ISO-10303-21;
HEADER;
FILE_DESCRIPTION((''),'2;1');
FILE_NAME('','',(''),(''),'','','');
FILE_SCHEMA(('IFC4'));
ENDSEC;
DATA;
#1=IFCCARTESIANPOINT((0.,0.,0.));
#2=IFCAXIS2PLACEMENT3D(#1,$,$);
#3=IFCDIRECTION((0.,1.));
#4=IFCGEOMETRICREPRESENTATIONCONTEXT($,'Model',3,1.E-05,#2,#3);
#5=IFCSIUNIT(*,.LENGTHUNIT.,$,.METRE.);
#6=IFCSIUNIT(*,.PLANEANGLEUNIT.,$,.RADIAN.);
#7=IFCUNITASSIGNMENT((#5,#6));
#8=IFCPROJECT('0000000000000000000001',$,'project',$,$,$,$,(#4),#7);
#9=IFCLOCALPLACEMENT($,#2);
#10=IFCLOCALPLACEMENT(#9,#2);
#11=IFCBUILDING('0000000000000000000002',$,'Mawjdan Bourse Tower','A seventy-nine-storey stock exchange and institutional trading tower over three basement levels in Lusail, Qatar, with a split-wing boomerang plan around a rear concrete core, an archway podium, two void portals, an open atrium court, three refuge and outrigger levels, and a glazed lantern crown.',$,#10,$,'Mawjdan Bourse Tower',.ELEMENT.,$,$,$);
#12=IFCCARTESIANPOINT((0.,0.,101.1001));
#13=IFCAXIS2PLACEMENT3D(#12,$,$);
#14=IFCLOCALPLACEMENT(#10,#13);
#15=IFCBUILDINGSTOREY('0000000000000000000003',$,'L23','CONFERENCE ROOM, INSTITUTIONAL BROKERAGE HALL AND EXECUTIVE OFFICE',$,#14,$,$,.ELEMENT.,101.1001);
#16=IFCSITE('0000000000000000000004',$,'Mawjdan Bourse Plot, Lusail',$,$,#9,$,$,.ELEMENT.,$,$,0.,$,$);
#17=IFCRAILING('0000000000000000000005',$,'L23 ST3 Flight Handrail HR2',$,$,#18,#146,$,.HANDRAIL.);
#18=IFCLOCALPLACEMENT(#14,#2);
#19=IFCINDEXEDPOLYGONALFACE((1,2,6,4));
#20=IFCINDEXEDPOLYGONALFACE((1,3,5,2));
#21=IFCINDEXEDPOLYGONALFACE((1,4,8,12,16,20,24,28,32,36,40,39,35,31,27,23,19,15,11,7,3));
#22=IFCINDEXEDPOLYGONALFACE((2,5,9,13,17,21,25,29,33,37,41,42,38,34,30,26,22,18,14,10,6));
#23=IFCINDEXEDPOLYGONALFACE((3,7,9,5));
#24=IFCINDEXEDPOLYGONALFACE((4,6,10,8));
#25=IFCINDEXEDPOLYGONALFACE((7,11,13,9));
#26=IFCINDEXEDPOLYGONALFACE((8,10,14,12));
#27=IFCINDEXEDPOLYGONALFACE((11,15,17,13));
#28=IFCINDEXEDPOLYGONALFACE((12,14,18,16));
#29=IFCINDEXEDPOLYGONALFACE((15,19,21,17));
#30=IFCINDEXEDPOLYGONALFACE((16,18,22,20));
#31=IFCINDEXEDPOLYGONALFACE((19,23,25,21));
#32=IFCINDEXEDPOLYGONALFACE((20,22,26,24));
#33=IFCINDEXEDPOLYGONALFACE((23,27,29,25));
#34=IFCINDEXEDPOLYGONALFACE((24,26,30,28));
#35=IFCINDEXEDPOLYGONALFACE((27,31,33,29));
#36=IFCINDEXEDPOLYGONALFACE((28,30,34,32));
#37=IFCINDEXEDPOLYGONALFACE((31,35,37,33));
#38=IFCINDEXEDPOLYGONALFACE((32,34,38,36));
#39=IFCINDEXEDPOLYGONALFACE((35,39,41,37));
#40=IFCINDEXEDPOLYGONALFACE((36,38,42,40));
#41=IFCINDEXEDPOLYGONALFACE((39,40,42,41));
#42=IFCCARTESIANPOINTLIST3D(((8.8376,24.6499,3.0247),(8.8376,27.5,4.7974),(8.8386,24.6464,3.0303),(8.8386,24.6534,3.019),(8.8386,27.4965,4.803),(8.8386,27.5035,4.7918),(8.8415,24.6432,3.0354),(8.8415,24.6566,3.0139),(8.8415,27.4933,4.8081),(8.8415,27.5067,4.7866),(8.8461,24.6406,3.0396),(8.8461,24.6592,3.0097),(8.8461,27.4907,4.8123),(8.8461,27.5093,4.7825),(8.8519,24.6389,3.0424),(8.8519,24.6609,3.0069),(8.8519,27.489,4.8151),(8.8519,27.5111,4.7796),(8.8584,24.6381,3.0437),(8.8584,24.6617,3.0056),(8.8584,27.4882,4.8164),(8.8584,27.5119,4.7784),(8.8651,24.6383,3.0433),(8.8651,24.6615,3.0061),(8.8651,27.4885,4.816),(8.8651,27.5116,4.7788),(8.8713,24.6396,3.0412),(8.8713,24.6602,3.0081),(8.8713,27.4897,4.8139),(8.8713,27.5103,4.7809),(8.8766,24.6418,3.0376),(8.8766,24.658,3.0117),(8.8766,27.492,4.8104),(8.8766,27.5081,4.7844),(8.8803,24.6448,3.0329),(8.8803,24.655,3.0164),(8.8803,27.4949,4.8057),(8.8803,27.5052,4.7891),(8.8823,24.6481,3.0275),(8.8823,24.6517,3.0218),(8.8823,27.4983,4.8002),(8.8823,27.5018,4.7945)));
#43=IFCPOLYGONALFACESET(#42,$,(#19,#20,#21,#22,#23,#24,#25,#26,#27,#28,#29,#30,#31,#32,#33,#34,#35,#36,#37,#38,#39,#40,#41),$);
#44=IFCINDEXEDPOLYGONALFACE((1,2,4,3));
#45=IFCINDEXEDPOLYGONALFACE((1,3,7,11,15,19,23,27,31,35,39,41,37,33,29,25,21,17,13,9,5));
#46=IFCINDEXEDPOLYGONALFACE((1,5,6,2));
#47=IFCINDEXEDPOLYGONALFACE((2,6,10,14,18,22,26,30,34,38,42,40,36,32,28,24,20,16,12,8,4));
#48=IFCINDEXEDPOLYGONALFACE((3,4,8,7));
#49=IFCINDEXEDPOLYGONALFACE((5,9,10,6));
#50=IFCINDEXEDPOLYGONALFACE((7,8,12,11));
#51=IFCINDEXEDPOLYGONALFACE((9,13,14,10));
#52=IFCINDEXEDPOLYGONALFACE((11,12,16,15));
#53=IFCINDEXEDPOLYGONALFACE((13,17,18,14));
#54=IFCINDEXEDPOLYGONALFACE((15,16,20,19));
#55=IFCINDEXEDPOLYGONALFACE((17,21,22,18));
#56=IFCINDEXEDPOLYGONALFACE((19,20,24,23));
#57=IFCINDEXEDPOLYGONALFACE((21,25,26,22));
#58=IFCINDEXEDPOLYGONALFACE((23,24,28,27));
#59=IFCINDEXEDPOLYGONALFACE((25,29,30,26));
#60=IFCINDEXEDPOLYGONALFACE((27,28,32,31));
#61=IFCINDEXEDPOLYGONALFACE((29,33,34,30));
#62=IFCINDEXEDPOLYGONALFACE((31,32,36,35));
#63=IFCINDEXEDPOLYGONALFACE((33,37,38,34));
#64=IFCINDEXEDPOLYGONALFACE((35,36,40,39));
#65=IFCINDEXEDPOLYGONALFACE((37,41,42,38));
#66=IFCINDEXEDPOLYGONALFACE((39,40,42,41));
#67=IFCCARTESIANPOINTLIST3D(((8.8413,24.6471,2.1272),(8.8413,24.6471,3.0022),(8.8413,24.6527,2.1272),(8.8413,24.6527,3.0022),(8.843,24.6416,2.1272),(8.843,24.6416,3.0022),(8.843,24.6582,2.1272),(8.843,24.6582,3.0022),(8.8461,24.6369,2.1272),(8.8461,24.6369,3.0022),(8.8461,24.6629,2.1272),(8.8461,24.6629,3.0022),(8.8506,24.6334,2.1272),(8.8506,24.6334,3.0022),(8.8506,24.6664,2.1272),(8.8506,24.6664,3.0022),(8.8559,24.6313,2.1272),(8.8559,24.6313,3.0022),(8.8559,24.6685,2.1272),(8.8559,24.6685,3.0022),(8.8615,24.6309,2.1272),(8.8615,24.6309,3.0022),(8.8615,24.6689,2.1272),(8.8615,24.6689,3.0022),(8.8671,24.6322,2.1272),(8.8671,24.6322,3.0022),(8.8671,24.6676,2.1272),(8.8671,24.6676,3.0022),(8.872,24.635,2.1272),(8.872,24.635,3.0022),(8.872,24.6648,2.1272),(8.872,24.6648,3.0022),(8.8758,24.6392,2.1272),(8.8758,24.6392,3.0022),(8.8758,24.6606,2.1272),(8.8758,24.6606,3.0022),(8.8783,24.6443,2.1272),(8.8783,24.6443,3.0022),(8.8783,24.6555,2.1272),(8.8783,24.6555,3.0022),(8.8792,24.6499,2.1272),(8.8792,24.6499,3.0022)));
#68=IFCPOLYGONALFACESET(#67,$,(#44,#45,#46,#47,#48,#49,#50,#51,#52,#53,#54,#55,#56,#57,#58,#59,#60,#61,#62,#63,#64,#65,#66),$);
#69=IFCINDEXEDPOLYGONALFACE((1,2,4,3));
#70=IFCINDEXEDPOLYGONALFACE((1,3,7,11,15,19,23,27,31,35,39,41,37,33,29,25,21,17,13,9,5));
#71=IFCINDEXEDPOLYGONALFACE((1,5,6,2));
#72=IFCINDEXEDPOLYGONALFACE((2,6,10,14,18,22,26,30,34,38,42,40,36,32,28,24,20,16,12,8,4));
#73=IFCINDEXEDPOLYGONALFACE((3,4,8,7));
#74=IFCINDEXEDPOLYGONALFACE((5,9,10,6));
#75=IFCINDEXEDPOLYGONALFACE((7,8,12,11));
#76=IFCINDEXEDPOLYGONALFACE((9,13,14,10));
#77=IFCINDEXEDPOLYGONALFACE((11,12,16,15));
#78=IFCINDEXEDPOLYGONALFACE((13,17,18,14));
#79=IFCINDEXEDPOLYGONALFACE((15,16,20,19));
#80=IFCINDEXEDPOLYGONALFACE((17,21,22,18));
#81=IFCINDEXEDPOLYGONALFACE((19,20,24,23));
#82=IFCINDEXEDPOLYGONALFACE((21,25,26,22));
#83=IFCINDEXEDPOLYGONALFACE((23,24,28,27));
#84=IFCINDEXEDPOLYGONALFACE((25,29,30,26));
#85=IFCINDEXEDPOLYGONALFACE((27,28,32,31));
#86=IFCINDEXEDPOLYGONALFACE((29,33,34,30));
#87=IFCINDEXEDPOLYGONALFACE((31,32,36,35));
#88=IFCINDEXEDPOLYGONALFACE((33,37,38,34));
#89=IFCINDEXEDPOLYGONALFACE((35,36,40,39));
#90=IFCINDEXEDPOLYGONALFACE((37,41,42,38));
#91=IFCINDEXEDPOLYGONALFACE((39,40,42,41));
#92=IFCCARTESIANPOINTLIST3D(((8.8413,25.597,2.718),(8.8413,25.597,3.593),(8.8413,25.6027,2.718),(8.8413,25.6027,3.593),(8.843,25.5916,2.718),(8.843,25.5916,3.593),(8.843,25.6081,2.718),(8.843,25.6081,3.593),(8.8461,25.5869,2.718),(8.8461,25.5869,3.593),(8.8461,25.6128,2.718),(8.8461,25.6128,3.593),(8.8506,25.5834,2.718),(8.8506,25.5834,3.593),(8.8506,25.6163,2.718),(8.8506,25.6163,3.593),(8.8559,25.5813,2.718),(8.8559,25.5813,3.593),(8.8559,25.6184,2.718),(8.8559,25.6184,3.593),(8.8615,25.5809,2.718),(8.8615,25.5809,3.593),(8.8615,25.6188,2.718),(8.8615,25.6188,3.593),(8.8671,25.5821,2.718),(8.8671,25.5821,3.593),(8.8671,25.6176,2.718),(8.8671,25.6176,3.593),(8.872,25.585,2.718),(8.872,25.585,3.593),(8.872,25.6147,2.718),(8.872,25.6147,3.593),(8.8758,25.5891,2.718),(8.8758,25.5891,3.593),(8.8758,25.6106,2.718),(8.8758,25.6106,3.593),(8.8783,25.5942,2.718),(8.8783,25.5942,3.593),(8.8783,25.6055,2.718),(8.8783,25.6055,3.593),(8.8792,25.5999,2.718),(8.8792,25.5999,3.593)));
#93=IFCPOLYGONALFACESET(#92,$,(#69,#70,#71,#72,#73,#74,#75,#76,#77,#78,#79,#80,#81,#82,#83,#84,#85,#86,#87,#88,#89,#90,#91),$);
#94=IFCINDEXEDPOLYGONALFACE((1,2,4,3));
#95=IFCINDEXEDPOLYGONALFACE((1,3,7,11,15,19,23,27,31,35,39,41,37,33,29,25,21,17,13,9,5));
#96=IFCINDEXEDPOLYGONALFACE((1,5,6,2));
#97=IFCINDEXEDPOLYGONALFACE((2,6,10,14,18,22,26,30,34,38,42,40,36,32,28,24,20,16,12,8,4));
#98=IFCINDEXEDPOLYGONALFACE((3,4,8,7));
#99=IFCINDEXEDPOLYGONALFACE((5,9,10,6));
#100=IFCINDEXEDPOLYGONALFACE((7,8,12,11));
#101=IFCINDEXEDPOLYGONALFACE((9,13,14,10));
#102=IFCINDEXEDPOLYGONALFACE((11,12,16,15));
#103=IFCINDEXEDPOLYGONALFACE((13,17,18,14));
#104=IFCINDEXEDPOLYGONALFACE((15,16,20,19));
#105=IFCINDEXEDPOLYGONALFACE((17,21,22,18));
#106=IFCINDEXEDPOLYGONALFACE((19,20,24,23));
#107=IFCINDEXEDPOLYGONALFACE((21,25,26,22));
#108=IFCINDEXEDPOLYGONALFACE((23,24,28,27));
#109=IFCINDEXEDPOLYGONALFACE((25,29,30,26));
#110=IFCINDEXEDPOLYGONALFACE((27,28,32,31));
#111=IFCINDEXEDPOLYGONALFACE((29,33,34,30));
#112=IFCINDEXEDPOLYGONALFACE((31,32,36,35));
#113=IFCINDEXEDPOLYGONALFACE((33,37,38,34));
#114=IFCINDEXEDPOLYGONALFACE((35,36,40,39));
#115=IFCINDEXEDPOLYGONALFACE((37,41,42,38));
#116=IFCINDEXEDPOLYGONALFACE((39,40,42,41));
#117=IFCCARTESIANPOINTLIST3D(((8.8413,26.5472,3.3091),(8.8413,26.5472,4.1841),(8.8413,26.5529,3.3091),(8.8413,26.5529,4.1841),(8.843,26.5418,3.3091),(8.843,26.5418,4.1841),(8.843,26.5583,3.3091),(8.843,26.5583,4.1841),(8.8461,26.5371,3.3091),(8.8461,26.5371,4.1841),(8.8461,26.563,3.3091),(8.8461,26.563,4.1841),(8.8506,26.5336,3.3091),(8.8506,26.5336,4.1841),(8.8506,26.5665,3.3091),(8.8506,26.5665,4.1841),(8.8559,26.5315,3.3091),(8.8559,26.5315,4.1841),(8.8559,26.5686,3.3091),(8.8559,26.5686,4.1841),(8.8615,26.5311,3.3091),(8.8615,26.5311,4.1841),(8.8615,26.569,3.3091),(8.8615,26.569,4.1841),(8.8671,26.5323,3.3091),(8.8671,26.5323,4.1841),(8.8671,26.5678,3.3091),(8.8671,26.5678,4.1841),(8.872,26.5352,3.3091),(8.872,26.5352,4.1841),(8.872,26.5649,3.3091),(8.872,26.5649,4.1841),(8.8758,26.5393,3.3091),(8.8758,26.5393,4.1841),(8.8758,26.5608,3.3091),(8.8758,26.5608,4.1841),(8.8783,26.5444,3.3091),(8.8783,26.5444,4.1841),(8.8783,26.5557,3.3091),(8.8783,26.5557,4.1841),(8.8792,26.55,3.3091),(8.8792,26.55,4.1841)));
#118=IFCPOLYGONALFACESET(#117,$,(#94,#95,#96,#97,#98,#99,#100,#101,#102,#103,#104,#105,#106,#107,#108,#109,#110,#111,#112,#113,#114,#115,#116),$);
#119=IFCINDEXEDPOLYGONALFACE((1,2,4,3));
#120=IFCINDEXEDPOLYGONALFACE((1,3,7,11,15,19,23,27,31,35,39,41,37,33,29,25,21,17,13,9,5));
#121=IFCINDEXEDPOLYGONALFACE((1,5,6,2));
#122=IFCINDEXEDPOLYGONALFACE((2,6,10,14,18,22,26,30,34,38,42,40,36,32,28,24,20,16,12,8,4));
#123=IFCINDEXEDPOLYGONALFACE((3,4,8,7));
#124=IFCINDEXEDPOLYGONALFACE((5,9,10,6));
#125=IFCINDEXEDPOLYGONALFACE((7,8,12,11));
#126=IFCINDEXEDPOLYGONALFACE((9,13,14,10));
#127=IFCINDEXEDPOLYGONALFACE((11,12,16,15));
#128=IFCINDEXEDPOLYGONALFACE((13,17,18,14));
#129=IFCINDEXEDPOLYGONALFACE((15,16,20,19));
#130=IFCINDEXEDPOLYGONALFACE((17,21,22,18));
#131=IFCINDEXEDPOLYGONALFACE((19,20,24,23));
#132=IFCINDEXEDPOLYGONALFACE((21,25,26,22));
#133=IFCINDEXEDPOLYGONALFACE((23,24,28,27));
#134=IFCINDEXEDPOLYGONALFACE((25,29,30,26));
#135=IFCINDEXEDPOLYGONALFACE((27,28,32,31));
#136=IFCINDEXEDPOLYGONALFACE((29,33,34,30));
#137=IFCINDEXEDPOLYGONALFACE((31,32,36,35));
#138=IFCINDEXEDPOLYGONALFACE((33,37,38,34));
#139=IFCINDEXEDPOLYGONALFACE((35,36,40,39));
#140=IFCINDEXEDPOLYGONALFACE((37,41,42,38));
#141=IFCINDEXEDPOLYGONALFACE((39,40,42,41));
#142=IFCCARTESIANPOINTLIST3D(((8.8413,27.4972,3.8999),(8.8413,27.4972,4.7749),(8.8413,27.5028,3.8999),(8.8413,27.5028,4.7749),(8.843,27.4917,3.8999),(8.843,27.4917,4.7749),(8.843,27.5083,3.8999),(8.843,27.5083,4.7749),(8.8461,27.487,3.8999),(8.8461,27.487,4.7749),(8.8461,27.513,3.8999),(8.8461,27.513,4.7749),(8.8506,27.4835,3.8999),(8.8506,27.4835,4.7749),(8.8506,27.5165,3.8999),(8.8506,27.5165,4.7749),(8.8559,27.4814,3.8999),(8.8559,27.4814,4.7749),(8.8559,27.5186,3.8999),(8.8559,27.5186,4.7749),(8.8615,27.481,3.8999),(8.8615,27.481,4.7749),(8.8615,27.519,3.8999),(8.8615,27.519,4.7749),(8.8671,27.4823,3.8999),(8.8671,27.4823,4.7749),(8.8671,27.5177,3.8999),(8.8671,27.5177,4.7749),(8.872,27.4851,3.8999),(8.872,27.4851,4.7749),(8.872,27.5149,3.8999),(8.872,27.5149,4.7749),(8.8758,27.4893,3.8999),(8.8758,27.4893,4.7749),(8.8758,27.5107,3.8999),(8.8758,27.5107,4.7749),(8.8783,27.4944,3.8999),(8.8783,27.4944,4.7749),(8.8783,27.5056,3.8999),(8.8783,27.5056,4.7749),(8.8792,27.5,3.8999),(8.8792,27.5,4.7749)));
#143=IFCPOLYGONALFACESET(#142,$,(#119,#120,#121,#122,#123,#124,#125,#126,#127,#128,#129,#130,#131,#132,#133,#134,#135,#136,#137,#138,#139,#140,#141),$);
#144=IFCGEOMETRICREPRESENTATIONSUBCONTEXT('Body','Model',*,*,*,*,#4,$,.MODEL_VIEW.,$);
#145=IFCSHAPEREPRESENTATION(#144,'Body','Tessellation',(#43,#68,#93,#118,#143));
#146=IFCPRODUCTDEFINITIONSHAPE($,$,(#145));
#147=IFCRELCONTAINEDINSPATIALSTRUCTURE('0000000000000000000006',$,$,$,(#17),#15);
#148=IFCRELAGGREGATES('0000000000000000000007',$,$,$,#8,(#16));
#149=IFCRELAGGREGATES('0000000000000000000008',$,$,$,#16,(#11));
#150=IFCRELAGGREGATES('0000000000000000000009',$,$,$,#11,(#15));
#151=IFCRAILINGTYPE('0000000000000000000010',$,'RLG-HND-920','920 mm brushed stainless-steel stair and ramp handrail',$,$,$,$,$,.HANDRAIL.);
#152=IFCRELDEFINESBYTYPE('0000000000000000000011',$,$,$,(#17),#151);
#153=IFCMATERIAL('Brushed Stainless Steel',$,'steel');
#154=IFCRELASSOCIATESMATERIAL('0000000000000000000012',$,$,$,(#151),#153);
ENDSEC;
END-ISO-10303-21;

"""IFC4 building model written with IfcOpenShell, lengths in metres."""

from ifc_helpers import new_model, si_unit, direction, frame, origin, origin_2d, place, context, subcontext, project, spatial, circle, extrude, material, type_object, element, save


model = new_model("IFC4")

# Units and contexts
model_context = context("Model", 3, precision=1e-05, world=origin(), true_north=direction((0.0, 1.0)))
body_context = subcontext(model_context, "Body", "Model", "MODEL_VIEW")
ifc_project = project(units=[si_unit("LENGTHUNIT", "METRE"), si_unit("PLANEANGLEUNIT", "RADIAN")], contexts=[model_context])

# Site, building, storey
site_placement = place(None, origin())
site = spatial("IfcSite", under=ifc_project, at=site_placement, Name="Mawjdan Bourse Plot, Lusail", CompositionType="ELEMENT", RefElevation=0.0)
building_placement = place(site_placement, origin())
building = spatial("IfcBuilding", under=site, at=building_placement, Name="Mawjdan Bourse Tower", Description="A seventy-nine-storey stock exchange and institutional trading tower over three basement levels in Lusail, Qatar, with a split-wing boomerang plan around a rear concrete core, an archway podium, two void portals, an open atrium court, three refuge and outrigger levels, and a glazed lantern crown.", LongName="Mawjdan Bourse Tower", CompositionType="ELEMENT")
storey_placement = place(building_placement, frame((0.0, 0.0, 101.1001)))
storey = spatial("IfcBuildingStorey", under=building, at=storey_placement, Name="L23", Description="CONFERENCE ROOM, INSTITUTIONAL BROKERAGE HALL AND EXECUTIVE OFFICE", CompositionType="ELEMENT", Elevation=101.1001)

# Railing
ifc_material_1 = material(Name="Brushed Stainless Steel", Category="steel")
railing_type_1 = type_object("IfcRailingType", Name="RLG-HND-920", Description="920 mm brushed stainless-steel stair and ramp handrail", PredefinedType="HANDRAIL", material=ifc_material_1)
railing_1_placement = place(storey_placement, frame((8.8601, 24.6499, 2.1272)))
element("IfcRailing", 1, at=railing_1_placement, inside=storey, type_object=railing_type_1, Name="L23 ST3 Flight Handrail HR2", PredefinedType="HANDRAIL", context=body_context, shape_type="SweptSolid", body=[
    extrude(circle(Radius=0.0225, at=origin_2d()), frame((0.0, 0.0, 0.8975), z_axis=(0.0, 0.849149, 0.528154), x_axis=(-1.0, 0.0, 0.0)), (0.0, 0.0, 1.0), 3.3564),
    extrude(circle(Radius=0.019, at=origin_2d()), origin(), (0.0, 0.0, 1.0), 0.875),
    extrude(circle(Radius=0.019, at=origin_2d()), frame((0.0, 0.95, 0.5908)), (0.0, 0.0, 1.0), 0.875),
    extrude(circle(Radius=0.019, at=origin_2d()), frame((0.0, 1.9001, 1.1819)), (0.0, 0.0, 1.0), 0.875),
    extrude(circle(Radius=0.019, at=origin_2d()), frame((0.0, 2.8501, 1.7727)), (0.0, 0.0, 1.0), 0.875),
])

save(model, "model.ifc")
